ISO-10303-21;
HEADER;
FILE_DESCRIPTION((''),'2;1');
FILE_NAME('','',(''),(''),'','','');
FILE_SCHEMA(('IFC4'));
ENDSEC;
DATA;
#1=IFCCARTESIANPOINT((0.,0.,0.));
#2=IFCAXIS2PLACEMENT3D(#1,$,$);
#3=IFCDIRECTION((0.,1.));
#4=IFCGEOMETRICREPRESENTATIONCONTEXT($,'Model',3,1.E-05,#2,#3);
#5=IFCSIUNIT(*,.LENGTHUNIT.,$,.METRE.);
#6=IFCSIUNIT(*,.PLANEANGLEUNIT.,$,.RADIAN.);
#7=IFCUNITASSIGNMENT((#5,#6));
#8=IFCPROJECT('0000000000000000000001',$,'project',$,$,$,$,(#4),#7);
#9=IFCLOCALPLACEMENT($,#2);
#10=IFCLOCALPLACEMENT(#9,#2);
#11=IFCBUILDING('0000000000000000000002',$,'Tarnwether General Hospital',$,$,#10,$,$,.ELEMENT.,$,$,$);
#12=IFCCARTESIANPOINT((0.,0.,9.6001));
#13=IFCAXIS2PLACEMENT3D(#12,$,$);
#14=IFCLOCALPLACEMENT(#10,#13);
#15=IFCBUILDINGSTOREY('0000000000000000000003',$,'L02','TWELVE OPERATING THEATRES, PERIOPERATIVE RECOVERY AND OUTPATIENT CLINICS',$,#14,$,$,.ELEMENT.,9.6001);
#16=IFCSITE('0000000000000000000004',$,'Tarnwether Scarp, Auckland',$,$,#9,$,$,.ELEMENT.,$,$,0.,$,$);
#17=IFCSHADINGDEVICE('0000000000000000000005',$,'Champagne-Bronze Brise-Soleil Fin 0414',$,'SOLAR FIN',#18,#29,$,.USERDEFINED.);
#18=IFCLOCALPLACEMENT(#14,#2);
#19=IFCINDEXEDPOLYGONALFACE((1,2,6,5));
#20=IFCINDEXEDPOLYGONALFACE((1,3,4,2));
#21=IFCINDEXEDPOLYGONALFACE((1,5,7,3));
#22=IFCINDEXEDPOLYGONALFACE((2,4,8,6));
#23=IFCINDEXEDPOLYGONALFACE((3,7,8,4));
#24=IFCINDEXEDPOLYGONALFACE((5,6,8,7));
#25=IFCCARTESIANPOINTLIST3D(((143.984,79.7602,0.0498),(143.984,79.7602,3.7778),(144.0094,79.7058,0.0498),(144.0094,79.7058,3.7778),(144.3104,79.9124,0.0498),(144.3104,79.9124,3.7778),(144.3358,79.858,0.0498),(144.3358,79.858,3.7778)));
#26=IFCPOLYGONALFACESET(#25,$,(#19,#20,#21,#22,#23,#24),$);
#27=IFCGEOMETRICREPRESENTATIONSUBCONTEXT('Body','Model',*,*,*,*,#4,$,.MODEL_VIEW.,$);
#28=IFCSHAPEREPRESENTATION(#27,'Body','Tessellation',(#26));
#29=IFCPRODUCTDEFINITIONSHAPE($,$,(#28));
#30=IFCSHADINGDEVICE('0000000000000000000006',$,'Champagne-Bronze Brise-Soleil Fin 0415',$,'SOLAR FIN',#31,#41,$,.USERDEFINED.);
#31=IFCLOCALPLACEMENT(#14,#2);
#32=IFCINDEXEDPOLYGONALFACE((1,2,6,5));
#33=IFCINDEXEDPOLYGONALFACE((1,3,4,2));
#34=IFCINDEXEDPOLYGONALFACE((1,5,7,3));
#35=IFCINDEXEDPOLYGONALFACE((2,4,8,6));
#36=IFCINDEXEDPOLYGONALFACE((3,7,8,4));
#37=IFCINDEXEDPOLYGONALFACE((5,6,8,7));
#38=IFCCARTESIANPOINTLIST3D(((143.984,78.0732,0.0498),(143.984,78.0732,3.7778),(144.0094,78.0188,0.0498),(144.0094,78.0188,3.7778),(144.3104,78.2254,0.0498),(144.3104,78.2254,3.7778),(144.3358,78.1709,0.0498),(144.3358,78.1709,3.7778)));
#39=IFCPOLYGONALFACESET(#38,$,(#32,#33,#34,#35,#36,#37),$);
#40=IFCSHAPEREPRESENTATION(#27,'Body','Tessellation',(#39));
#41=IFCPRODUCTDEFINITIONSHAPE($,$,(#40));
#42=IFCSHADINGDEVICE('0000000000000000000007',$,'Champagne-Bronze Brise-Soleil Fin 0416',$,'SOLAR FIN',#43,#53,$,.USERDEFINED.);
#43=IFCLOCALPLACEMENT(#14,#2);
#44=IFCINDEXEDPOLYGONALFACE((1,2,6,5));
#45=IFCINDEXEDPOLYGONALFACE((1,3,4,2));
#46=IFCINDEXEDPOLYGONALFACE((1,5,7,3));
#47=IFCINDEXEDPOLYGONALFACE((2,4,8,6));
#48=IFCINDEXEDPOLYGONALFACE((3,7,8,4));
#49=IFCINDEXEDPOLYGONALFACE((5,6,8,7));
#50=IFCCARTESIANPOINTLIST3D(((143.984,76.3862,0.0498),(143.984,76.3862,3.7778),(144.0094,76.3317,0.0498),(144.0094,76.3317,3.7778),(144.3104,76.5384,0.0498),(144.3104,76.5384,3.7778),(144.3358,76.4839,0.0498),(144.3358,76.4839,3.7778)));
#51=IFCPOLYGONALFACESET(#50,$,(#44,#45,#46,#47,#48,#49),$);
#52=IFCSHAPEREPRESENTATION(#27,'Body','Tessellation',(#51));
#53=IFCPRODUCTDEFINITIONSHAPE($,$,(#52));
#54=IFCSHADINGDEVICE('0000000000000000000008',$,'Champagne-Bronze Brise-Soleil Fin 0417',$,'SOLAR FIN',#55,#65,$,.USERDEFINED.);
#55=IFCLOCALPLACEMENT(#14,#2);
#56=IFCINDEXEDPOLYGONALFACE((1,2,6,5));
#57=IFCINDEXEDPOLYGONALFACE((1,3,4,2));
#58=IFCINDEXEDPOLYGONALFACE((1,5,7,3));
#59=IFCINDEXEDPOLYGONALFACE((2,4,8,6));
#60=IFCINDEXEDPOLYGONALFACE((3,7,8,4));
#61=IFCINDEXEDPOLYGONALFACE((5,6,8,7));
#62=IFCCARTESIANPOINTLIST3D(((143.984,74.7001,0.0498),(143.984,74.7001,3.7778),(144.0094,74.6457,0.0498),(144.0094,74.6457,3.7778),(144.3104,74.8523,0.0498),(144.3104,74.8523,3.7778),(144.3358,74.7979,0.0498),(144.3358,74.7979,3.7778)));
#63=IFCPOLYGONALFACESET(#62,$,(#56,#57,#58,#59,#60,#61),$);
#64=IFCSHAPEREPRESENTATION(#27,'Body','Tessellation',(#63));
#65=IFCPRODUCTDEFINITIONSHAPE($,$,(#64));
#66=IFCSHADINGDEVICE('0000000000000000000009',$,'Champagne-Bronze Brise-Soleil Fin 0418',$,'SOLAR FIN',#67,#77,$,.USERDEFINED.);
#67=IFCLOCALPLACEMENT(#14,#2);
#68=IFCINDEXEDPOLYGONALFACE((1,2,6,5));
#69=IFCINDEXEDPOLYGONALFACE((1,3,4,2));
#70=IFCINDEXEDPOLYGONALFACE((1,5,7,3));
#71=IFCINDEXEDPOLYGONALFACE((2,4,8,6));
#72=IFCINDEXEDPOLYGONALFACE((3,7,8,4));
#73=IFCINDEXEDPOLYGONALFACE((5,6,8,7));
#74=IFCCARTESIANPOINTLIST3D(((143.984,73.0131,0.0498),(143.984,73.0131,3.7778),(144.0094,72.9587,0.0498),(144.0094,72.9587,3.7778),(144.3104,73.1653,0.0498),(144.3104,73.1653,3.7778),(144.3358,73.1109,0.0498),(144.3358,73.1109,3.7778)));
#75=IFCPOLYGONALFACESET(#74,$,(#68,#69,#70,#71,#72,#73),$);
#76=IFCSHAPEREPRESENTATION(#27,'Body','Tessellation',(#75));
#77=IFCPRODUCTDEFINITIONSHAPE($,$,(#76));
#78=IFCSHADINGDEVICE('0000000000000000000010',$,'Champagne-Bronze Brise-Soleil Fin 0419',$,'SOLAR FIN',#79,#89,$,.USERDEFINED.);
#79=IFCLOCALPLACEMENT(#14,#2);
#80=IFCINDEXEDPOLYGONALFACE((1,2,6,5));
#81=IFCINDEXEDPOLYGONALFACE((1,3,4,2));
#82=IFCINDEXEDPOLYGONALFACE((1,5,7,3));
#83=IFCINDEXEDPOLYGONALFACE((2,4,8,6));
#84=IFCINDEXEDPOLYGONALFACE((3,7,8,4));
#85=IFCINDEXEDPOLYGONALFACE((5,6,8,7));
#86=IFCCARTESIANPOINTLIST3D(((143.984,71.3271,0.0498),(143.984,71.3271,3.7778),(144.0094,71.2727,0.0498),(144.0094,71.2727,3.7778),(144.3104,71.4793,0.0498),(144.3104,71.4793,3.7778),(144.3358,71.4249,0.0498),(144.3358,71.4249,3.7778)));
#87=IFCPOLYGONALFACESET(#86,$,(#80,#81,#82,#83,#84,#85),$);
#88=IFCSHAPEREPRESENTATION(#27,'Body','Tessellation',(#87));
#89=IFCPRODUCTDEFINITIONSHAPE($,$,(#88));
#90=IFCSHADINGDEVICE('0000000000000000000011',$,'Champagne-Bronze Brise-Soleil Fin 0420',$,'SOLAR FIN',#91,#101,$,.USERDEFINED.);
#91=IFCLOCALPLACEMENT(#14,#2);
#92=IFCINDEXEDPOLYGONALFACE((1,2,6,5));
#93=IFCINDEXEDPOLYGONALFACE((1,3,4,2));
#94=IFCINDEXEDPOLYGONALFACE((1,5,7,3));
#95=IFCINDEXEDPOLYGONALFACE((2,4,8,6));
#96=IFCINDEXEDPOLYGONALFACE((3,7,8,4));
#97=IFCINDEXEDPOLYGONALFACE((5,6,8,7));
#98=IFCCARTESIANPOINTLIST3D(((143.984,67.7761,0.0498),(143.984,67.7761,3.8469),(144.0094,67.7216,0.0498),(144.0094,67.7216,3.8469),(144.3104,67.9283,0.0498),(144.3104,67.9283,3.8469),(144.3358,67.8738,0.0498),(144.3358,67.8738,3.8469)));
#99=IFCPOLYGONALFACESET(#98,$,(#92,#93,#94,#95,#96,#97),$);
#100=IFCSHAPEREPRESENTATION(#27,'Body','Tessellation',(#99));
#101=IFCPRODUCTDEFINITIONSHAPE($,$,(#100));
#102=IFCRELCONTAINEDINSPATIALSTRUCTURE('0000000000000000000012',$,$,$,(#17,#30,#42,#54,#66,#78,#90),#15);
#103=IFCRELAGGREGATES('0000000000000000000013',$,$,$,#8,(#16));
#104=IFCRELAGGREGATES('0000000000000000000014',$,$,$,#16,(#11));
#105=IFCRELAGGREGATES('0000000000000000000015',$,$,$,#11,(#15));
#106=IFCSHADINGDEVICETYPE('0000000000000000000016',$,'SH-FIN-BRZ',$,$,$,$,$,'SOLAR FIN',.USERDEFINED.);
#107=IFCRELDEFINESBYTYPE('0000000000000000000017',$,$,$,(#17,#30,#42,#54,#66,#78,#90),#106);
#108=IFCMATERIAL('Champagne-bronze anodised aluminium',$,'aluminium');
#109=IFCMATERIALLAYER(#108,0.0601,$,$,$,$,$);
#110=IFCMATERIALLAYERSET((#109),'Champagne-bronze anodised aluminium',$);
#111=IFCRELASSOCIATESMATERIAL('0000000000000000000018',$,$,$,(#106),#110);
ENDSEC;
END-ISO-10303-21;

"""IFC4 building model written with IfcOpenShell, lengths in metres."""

from ifc_helpers import new_model, si_unit, direction, frame, origin, origin_2d, place, context, subcontext, project, spatial, rectangle, extrude, material, layer, layer_set, type_object, element, save


model = new_model("IFC4")

# Units and contexts
model_context = context("Model", 3, precision=1e-05, world=origin(), true_north=direction((0.0, 1.0)))
body_context = subcontext(model_context, "Body", "Model", "MODEL_VIEW")
ifc_project = project(units=[si_unit("LENGTHUNIT", "METRE"), si_unit("PLANEANGLEUNIT", "RADIAN")], contexts=[model_context])

# Site, building, storey
site_placement = place(None, origin())
site = spatial("IfcSite", under=ifc_project, at=site_placement, Name="Tarnwether Scarp, Auckland", CompositionType="ELEMENT", RefElevation=0.0)
building_placement = place(site_placement, origin())
building = spatial("IfcBuilding", under=site, at=building_placement, Name="Tarnwether General Hospital", CompositionType="ELEMENT")
storey_placement = place(building_placement, frame((0.0, 0.0, 9.6001)))
storey = spatial("IfcBuildingStorey", under=building, at=storey_placement, Name="L02", Description="TWELVE OPERATING THEATRES, PERIOPERATIVE RECOVERY AND OUTPATIENT CLINICS", CompositionType="ELEMENT", Elevation=9.6001)

# Shading devices
ifc_material_1 = material(Name="Champagne-bronze anodised aluminium", Category="aluminium")
ifc_layer_1 = layer(ifc_material_1, 0.0601)
ifc_layer_set_1 = layer_set([ifc_layer_1], Name="Champagne-bronze anodised aluminium")
shading_device_type = type_object("IfcShadingDeviceType", Name="SH-FIN-BRZ", ElementType="SOLAR FIN", PredefinedType="USERDEFINED", material=ifc_layer_set_1)
for number, where, z_axis, x_axis, name in (
    (1, (144.1599, 79.8091, 0.0498), (0.0, 0.0, 1.0), (0.422618, -0.906308, 0.0), "Champagne-Bronze Brise-Soleil Fin 0414"),
    (2, (144.1599, 78.1221, 0.0498), (0.0, 0.0, 1.0), (0.422618, -0.906308, 0.0), "Champagne-Bronze Brise-Soleil Fin 0415"),
    (3, (144.1599, 76.4351, 0.0498), (0.0, 0.0, 1.0), (0.422618, -0.906308, 0.0), "Champagne-Bronze Brise-Soleil Fin 0416"),
    (4, (144.1599, 74.749, 0.0498), (0.0, 0.0, 1.0), (0.422618, -0.906308, 0.0), "Champagne-Bronze Brise-Soleil Fin 0417"),
    (5, (144.1599, 73.062, 0.0498), (0.0, 0.0, 1.0), (0.422618, -0.906308, 0.0), "Champagne-Bronze Brise-Soleil Fin 0418"),
    (6, (144.1599, 71.376, 0.0498), (0.0, 0.0, 1.0), (0.422618, -0.906308, 0.0), "Champagne-Bronze Brise-Soleil Fin 0419"),
):
    element("IfcShadingDevice", number, at=place(storey_placement, frame(where, z_axis=z_axis, x_axis=x_axis)), inside=storey, type_object=shading_device_type, Name=name, ObjectType="SOLAR FIN", PredefinedType="USERDEFINED", context=body_context, shape_type="SweptSolid", body=[
        extrude(rectangle(XDim=0.0601, YDim=0.3601, at=origin_2d()), origin(), (0.0, 0.0, 1.0), 3.728),
    ])
shading_device_placement = place(storey_placement, frame((144.1599, 67.825, 0.0498), z_axis=(0.0, 0.0, 1.0), x_axis=(0.422618, -0.906308, 0.0)))
element("IfcShadingDevice", 7, at=shading_device_placement, inside=storey, type_object=shading_device_type, Name="Champagne-Bronze Brise-Soleil Fin 0420", ObjectType="SOLAR FIN", PredefinedType="USERDEFINED", context=body_context, shape_type="SweptSolid", body=[
    extrude(rectangle(XDim=0.0601, YDim=0.3601, at=origin_2d()), origin(), (0.0, 0.0, 1.0), 3.7971),
])

save(model, "model.ifc")
